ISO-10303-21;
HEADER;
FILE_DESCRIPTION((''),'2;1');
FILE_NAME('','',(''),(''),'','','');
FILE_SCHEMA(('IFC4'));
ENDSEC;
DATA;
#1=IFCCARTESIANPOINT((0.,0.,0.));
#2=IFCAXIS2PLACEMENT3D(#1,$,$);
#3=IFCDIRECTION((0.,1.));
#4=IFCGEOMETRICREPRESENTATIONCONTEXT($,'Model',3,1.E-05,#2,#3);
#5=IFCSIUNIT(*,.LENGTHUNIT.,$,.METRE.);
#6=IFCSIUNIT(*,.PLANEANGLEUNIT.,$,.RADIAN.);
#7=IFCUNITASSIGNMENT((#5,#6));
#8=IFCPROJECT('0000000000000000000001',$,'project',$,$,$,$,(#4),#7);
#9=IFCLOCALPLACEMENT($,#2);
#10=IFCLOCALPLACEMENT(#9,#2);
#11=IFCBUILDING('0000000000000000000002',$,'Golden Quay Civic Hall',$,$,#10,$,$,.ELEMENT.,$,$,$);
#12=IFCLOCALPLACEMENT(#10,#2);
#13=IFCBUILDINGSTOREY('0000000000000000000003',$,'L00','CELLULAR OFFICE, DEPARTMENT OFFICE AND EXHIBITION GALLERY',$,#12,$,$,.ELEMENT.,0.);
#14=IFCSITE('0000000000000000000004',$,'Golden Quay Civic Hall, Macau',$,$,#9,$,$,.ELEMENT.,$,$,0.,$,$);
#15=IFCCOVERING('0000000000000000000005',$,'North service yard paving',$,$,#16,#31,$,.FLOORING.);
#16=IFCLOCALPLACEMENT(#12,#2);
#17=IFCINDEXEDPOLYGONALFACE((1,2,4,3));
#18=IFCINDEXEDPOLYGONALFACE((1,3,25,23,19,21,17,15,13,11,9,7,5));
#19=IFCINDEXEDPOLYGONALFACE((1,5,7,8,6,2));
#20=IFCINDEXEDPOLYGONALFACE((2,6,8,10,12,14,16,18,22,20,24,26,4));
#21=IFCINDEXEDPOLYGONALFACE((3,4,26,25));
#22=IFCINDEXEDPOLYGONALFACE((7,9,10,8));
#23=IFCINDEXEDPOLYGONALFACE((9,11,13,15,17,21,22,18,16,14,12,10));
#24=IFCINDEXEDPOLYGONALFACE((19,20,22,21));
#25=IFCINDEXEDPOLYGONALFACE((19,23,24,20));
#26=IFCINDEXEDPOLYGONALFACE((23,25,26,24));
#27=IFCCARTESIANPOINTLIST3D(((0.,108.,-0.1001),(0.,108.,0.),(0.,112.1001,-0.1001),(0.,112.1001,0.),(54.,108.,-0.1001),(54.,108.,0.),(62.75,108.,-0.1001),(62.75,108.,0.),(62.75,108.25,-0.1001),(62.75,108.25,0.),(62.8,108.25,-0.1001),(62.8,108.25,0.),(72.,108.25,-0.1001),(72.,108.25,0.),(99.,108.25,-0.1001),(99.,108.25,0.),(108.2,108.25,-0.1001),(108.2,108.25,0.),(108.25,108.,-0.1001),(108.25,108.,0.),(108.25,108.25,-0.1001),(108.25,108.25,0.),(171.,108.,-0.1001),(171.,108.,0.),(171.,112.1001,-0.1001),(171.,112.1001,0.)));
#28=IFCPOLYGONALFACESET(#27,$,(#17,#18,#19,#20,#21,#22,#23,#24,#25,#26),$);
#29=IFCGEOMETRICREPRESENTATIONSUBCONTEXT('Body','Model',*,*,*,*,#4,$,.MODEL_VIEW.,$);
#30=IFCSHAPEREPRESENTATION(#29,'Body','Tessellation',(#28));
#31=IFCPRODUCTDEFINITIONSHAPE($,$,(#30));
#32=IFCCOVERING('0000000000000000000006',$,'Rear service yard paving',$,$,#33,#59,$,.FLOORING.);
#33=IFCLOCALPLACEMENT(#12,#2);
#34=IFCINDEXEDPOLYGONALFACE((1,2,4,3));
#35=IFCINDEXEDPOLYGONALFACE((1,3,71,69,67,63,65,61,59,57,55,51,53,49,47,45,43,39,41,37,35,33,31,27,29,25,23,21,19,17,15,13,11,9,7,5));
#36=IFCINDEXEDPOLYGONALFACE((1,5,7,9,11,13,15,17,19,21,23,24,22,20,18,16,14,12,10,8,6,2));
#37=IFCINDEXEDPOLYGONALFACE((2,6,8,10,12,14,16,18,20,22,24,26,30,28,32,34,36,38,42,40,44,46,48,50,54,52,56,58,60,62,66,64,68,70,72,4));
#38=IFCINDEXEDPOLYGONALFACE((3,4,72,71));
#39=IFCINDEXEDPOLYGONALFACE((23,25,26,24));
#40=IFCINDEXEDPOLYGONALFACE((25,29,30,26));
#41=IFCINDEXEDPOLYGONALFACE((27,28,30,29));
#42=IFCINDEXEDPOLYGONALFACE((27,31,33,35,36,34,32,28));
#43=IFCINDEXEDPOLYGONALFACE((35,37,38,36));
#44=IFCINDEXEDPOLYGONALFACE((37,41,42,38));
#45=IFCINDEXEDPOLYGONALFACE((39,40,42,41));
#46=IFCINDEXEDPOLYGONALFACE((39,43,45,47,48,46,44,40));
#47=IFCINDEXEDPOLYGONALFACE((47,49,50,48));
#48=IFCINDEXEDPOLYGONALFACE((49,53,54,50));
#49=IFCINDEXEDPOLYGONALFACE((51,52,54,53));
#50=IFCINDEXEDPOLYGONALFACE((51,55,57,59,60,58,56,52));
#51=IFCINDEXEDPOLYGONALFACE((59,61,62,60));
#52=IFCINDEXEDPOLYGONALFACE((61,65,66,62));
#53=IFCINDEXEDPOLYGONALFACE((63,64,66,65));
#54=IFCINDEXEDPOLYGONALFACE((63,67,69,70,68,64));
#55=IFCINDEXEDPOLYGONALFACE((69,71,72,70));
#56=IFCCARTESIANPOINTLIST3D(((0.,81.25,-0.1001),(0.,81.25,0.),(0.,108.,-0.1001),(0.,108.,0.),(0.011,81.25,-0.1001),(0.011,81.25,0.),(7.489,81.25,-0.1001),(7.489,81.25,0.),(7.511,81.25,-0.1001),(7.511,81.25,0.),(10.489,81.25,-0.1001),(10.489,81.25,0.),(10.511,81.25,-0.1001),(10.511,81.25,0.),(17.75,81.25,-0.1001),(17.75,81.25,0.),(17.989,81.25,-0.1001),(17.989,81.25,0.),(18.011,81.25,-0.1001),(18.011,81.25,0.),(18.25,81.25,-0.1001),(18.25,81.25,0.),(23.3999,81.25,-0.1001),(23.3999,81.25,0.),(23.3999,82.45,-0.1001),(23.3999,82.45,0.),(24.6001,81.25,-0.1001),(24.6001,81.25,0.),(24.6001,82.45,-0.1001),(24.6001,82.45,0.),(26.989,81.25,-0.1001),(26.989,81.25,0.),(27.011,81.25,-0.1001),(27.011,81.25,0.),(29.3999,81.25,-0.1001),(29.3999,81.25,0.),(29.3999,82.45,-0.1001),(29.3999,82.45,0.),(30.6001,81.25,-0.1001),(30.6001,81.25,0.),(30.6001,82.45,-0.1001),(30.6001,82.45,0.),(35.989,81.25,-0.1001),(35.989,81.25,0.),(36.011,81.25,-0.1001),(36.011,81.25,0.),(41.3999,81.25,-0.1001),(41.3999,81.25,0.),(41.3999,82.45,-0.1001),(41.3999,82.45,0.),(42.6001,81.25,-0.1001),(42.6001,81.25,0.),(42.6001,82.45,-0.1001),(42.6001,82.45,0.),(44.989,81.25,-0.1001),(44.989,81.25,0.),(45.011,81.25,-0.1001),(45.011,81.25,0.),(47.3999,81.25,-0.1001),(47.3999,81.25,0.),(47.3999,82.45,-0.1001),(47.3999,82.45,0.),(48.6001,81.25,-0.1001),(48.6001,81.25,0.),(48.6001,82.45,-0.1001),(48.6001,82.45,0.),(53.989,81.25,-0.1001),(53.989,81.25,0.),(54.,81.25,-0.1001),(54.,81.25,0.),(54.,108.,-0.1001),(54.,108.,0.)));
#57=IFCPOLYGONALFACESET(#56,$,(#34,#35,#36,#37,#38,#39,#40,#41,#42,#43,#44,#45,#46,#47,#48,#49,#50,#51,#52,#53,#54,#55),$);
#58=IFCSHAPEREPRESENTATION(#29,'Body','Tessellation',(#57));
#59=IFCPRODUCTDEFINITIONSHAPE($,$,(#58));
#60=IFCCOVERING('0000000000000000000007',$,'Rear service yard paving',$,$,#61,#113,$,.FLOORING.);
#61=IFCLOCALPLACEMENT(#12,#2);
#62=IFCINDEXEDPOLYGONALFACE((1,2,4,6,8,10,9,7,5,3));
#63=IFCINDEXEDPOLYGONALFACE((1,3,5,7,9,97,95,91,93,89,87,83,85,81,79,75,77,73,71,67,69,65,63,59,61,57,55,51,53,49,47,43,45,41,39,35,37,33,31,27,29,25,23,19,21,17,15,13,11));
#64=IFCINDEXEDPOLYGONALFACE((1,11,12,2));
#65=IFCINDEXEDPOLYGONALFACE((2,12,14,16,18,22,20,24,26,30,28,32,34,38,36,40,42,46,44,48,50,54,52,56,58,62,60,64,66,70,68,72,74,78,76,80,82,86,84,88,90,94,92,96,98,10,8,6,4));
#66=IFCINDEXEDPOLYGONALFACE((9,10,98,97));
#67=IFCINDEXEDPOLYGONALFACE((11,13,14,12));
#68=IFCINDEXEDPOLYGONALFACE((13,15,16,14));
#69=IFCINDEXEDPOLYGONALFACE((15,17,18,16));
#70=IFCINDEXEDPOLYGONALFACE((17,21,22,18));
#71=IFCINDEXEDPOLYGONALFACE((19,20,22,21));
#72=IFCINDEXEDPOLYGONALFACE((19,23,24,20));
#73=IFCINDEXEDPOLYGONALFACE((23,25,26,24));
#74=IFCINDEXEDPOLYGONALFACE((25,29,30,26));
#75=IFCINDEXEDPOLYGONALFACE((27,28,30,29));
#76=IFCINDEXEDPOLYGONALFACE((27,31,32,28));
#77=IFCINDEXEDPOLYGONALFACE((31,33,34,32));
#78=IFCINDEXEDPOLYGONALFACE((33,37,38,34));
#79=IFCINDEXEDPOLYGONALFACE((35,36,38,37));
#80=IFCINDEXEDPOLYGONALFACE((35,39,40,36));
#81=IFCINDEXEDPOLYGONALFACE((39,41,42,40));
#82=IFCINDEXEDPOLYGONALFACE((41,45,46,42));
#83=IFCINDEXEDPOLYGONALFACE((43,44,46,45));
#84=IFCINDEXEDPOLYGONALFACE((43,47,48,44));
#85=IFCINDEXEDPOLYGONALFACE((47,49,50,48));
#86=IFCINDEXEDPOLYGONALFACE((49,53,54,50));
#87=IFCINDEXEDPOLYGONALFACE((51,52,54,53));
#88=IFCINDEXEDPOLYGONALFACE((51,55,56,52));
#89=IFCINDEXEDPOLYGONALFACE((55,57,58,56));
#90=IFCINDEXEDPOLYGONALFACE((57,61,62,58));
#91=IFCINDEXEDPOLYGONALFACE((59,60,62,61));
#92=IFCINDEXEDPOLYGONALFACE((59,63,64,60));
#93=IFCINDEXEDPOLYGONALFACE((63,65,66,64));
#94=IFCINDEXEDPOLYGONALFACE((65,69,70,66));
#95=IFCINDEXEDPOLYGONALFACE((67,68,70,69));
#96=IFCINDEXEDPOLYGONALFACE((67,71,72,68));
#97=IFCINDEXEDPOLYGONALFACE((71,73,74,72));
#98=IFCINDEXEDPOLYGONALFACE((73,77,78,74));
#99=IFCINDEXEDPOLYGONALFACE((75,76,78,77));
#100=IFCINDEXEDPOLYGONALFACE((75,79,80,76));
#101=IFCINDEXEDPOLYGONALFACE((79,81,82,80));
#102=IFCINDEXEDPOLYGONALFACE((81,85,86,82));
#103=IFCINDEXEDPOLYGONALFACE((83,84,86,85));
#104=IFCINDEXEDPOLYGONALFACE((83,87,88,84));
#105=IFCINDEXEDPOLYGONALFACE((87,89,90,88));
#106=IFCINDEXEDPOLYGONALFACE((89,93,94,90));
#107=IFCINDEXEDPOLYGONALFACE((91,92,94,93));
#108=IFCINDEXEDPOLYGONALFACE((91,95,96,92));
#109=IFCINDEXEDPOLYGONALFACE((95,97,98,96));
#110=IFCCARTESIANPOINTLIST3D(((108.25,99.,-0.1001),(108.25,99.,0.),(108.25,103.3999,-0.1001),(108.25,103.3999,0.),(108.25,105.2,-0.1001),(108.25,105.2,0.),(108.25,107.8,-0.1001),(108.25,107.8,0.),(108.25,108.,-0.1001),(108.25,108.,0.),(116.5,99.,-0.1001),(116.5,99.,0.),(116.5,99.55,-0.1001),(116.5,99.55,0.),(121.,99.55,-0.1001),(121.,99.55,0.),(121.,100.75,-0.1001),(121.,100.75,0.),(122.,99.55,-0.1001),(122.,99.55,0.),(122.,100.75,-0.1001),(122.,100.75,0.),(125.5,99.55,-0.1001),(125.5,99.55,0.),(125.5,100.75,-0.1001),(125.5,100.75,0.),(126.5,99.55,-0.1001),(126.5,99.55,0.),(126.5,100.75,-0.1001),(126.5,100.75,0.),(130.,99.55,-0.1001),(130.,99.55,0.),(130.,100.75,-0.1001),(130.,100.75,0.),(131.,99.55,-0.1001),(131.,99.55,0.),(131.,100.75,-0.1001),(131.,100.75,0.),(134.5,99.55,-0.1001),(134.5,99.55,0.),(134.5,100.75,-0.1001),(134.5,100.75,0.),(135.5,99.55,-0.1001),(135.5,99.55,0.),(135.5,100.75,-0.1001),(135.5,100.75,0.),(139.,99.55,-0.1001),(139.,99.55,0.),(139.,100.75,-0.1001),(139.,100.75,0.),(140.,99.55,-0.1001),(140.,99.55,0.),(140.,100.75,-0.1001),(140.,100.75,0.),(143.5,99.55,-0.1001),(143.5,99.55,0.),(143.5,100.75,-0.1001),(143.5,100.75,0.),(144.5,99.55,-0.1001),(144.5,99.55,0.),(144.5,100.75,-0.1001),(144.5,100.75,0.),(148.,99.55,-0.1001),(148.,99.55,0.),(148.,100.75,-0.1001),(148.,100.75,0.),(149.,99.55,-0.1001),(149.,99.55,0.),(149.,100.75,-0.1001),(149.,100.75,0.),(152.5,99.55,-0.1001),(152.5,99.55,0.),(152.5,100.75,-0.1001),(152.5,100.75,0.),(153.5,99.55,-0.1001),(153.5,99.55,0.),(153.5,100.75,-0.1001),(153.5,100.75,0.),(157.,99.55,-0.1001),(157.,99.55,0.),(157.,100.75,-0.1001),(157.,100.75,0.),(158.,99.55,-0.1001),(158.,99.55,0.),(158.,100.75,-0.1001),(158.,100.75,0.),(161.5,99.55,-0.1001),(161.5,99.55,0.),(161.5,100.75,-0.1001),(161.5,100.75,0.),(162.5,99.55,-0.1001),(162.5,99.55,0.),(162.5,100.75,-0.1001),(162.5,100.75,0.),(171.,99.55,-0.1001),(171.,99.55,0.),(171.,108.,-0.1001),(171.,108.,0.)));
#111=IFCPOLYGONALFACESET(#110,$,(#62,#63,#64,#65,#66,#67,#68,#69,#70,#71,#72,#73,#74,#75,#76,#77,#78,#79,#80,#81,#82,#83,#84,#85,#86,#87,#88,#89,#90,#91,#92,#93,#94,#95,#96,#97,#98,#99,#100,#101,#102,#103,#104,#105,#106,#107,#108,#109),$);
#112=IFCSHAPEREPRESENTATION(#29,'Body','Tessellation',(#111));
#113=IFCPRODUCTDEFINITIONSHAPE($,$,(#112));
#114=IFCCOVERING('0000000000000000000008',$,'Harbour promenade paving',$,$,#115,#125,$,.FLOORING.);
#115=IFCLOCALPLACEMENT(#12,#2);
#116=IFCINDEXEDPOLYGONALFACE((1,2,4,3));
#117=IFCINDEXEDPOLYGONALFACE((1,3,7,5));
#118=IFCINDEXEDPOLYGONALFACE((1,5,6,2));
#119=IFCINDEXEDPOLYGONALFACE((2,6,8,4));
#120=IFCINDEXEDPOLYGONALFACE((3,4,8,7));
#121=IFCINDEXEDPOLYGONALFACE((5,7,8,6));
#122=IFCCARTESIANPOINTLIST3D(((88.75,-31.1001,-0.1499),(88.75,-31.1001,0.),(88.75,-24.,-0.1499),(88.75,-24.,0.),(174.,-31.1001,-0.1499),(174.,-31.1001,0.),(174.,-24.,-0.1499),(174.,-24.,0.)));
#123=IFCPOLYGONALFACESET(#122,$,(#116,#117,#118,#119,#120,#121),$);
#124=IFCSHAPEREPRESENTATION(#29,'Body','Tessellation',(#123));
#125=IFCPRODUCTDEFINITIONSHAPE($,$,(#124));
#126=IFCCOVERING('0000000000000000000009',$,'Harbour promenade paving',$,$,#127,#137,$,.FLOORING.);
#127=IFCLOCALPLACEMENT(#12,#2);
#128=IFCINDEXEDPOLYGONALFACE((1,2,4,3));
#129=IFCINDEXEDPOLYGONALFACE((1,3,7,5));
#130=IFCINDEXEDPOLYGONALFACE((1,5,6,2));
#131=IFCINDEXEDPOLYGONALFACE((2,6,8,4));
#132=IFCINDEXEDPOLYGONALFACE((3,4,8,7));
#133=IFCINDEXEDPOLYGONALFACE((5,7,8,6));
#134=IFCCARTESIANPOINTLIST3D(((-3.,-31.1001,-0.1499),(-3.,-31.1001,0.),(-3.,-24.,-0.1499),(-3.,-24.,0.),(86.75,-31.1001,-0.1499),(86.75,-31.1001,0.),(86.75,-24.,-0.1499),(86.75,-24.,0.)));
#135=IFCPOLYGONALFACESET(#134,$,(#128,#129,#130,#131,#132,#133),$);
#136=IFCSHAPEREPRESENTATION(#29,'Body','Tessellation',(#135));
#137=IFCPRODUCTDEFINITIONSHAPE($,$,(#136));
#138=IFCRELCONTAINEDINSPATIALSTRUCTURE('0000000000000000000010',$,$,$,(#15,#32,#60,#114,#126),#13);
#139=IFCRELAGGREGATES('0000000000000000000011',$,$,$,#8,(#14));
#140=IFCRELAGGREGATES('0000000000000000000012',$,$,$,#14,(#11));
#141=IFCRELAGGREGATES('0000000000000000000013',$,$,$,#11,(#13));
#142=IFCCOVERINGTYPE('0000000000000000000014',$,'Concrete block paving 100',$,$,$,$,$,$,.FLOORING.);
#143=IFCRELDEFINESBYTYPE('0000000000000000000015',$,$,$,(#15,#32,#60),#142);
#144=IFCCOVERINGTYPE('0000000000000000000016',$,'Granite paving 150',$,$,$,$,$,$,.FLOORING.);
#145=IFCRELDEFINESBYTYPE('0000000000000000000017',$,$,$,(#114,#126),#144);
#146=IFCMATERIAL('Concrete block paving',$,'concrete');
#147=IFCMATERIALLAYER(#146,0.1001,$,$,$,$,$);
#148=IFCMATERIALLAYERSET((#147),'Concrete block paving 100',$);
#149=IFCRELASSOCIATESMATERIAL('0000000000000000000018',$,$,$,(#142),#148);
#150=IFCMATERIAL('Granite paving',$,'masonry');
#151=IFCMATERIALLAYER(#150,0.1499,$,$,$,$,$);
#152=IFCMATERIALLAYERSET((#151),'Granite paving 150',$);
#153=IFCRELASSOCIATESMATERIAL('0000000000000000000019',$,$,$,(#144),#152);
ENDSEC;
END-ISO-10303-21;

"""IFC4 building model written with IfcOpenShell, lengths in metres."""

from ifc_helpers import new_model, si_unit, direction, frame, origin, place, context, subcontext, project, spatial, polyline, outline, extrude, material, layer, layer_set, type_object, element, save


model = new_model("IFC4")

# Units and contexts
model_context = context("Model", 3, precision=1e-05, world=origin(), true_north=direction((0.0, 1.0)))
body_context = subcontext(model_context, "Body", "Model", "MODEL_VIEW")
ifc_project = project(units=[si_unit("LENGTHUNIT", "METRE"), si_unit("PLANEANGLEUNIT", "RADIAN")], contexts=[model_context])

# Site, building, storey
site_placement = place(None, origin())
site = spatial("IfcSite", under=ifc_project, at=site_placement, Name="Golden Quay Civic Hall, Macau", CompositionType="ELEMENT", RefElevation=0.0)
building_placement = place(site_placement, origin())
building = spatial("IfcBuilding", under=site, at=building_placement, Name="Golden Quay Civic Hall", CompositionType="ELEMENT")
storey_placement = place(building_placement, origin())
storey = spatial("IfcBuildingStorey", under=building, at=storey_placement, Name="L00", Description="CELLULAR OFFICE, DEPARTMENT OFFICE AND EXHIBITION GALLERY", CompositionType="ELEMENT", Elevation=0.0)

# Coverings
ifc_material_1 = material(Name="Concrete block paving", Category="concrete")
ifc_layer_1 = layer(ifc_material_1, 0.1001)
ifc_layer_set_1 = layer_set([ifc_layer_1], Name="Concrete block paving 100")
covering_type_1 = type_object("IfcCoveringType", Name="Concrete block paving 100", PredefinedType="FLOORING", material=ifc_layer_set_1)
covering_1_placement = place(storey_placement, frame((0.0, 0.0, -0.1001)))
element("IfcCovering", 1, at=covering_1_placement, inside=storey, type_object=covering_type_1, Name="North service yard paving", PredefinedType="FLOORING", context=body_context, shape_type="SweptSolid", body=[
    extrude(outline(polyline([(108.2, 108.25), (99.0, 108.25), (72.0, 108.25), (62.8, 108.25), (62.75, 108.25), (62.75, 108.0), (54.0, 108.0), (54.0, 108.0), (54.0, 108.0), (54.0, 108.0), (54.0, 108.0), (54.0, 108.0), (54.0, 108.0), (54.0, 108.0), (54.0, 108.0), (54.0, 108.0), (54.0, 108.0), (54.0, 108.0), (54.0, 108.0), (54.0, 108.0), (54.0, 108.0), (54.0, 108.0), (54.0, 108.0), (0.0, 108.0), (0.0, 112.1001), (171.0, 112.1001), (171.0, 108.0), (108.25, 108.0), (108.25, 108.25), (108.2, 108.25)])), origin(), (0.0, 0.0, 1.0), 0.1001),
])
covering_2_placement = place(storey_placement, frame((0.0, 0.0, -0.1001)))
element("IfcCovering", 2, at=covering_2_placement, inside=storey, type_object=covering_type_1, Name="Rear service yard paving", PredefinedType="FLOORING", context=body_context, shape_type="SweptSolid", body=[
    extrude(outline(polyline([(53.989, 81.25), (48.6001, 81.25), (48.6001, 82.45), (47.3999, 82.45), (47.3999, 81.25), (45.011, 81.25), (44.989, 81.25), (42.6001, 81.25), (42.6001, 82.45), (41.3999, 82.45), (41.3999, 81.25), (36.011, 81.25), (35.989, 81.25), (30.6001, 81.25), (30.6001, 82.45), (29.3999, 82.45), (29.3999, 81.25), (27.011, 81.25), (26.989, 81.25), (24.6001, 81.25), (24.6001, 82.45), (23.3999, 82.45), (23.3999, 81.25), (18.25, 81.25), (18.011, 81.25), (17.989, 81.25), (17.75, 81.25), (10.511, 81.25), (10.489, 81.25), (7.511, 81.25), (7.489, 81.25), (0.011, 81.25), (0.0, 81.25), (0.0, 108.0), (54.0, 108.0), (54.0, 81.25), (53.989, 81.25)])), origin(), (0.0, 0.0, 1.0), 0.1001),
])
covering_3_placement = place(storey_placement, frame((0.0, 0.0, -0.1001)))
element("IfcCovering", 3, at=covering_3_placement, inside=storey, type_object=covering_type_1, Name="Rear service yard paving", PredefinedType="FLOORING", context=body_context, shape_type="SweptSolid", body=[
    extrude(outline(polyline([(162.5, 99.55), (162.5, 100.75), (161.5, 100.75), (161.5, 99.55), (158.0, 99.55), (158.0, 100.75), (157.0, 100.75), (157.0, 99.55), (153.5, 99.55), (153.5, 100.75), (152.5, 100.75), (152.5, 99.55), (149.0, 99.55), (149.0, 100.75), (148.0, 100.75), (148.0, 99.55), (144.5, 99.55), (144.5, 100.75), (143.5, 100.75), (143.5, 99.55), (140.0, 99.55), (140.0, 100.75), (139.0, 100.75), (139.0, 99.55), (135.5, 99.55), (135.5, 100.75), (134.5, 100.75), (134.5, 99.55), (131.0, 99.55), (131.0, 100.75), (130.0, 100.75), (130.0, 99.55), (126.5, 99.55), (126.5, 100.75), (125.5, 100.75), (125.5, 99.55), (122.0, 99.55), (122.0, 100.75), (121.0, 100.75), (121.0, 99.55), (116.5, 99.55), (116.5, 99.0), (108.25, 99.0), (108.25, 103.3999), (108.25, 105.2), (108.25, 107.8), (108.25, 108.0), (171.0, 108.0), (171.0, 99.55), (162.5, 99.55)])), origin(), (0.0, 0.0, 1.0), 0.1001),
])
ifc_material_2 = material(Name="Granite paving", Category="masonry")
ifc_layer_2 = layer(ifc_material_2, 0.1499)
ifc_layer_set_2 = layer_set([ifc_layer_2], Name="Granite paving 150")
covering_type_2 = type_object("IfcCoveringType", Name="Granite paving 150", PredefinedType="FLOORING", material=ifc_layer_set_2)
covering_4_placement = place(storey_placement, frame((0.0, 0.0, -0.1499)))
element("IfcCovering", 4, at=covering_4_placement, inside=storey, type_object=covering_type_2, Name="Harbour promenade paving", PredefinedType="FLOORING", context=body_context, shape_type="SweptSolid", body=[
    extrude(outline(polyline([(174.0, -31.1001), (88.75, -31.1001), (88.75, -24.0), (174.0, -24.0), (174.0, -31.1001)])), origin(), (0.0, 0.0, 1.0), 0.1499),
])
covering_5_placement = place(storey_placement, frame((0.0, 0.0, -0.1499)))
element("IfcCovering", 5, at=covering_5_placement, inside=storey, type_object=covering_type_2, Name="Harbour promenade paving", PredefinedType="FLOORING", context=body_context, shape_type="SweptSolid", body=[
    extrude(outline(polyline([(86.75, -24.0), (86.75, -31.1001), (-3.0, -31.1001), (-3.0, -24.0), (86.75, -24.0)])), origin(), (0.0, 0.0, 1.0), 0.1499),
])

save(model, "model.ifc")
